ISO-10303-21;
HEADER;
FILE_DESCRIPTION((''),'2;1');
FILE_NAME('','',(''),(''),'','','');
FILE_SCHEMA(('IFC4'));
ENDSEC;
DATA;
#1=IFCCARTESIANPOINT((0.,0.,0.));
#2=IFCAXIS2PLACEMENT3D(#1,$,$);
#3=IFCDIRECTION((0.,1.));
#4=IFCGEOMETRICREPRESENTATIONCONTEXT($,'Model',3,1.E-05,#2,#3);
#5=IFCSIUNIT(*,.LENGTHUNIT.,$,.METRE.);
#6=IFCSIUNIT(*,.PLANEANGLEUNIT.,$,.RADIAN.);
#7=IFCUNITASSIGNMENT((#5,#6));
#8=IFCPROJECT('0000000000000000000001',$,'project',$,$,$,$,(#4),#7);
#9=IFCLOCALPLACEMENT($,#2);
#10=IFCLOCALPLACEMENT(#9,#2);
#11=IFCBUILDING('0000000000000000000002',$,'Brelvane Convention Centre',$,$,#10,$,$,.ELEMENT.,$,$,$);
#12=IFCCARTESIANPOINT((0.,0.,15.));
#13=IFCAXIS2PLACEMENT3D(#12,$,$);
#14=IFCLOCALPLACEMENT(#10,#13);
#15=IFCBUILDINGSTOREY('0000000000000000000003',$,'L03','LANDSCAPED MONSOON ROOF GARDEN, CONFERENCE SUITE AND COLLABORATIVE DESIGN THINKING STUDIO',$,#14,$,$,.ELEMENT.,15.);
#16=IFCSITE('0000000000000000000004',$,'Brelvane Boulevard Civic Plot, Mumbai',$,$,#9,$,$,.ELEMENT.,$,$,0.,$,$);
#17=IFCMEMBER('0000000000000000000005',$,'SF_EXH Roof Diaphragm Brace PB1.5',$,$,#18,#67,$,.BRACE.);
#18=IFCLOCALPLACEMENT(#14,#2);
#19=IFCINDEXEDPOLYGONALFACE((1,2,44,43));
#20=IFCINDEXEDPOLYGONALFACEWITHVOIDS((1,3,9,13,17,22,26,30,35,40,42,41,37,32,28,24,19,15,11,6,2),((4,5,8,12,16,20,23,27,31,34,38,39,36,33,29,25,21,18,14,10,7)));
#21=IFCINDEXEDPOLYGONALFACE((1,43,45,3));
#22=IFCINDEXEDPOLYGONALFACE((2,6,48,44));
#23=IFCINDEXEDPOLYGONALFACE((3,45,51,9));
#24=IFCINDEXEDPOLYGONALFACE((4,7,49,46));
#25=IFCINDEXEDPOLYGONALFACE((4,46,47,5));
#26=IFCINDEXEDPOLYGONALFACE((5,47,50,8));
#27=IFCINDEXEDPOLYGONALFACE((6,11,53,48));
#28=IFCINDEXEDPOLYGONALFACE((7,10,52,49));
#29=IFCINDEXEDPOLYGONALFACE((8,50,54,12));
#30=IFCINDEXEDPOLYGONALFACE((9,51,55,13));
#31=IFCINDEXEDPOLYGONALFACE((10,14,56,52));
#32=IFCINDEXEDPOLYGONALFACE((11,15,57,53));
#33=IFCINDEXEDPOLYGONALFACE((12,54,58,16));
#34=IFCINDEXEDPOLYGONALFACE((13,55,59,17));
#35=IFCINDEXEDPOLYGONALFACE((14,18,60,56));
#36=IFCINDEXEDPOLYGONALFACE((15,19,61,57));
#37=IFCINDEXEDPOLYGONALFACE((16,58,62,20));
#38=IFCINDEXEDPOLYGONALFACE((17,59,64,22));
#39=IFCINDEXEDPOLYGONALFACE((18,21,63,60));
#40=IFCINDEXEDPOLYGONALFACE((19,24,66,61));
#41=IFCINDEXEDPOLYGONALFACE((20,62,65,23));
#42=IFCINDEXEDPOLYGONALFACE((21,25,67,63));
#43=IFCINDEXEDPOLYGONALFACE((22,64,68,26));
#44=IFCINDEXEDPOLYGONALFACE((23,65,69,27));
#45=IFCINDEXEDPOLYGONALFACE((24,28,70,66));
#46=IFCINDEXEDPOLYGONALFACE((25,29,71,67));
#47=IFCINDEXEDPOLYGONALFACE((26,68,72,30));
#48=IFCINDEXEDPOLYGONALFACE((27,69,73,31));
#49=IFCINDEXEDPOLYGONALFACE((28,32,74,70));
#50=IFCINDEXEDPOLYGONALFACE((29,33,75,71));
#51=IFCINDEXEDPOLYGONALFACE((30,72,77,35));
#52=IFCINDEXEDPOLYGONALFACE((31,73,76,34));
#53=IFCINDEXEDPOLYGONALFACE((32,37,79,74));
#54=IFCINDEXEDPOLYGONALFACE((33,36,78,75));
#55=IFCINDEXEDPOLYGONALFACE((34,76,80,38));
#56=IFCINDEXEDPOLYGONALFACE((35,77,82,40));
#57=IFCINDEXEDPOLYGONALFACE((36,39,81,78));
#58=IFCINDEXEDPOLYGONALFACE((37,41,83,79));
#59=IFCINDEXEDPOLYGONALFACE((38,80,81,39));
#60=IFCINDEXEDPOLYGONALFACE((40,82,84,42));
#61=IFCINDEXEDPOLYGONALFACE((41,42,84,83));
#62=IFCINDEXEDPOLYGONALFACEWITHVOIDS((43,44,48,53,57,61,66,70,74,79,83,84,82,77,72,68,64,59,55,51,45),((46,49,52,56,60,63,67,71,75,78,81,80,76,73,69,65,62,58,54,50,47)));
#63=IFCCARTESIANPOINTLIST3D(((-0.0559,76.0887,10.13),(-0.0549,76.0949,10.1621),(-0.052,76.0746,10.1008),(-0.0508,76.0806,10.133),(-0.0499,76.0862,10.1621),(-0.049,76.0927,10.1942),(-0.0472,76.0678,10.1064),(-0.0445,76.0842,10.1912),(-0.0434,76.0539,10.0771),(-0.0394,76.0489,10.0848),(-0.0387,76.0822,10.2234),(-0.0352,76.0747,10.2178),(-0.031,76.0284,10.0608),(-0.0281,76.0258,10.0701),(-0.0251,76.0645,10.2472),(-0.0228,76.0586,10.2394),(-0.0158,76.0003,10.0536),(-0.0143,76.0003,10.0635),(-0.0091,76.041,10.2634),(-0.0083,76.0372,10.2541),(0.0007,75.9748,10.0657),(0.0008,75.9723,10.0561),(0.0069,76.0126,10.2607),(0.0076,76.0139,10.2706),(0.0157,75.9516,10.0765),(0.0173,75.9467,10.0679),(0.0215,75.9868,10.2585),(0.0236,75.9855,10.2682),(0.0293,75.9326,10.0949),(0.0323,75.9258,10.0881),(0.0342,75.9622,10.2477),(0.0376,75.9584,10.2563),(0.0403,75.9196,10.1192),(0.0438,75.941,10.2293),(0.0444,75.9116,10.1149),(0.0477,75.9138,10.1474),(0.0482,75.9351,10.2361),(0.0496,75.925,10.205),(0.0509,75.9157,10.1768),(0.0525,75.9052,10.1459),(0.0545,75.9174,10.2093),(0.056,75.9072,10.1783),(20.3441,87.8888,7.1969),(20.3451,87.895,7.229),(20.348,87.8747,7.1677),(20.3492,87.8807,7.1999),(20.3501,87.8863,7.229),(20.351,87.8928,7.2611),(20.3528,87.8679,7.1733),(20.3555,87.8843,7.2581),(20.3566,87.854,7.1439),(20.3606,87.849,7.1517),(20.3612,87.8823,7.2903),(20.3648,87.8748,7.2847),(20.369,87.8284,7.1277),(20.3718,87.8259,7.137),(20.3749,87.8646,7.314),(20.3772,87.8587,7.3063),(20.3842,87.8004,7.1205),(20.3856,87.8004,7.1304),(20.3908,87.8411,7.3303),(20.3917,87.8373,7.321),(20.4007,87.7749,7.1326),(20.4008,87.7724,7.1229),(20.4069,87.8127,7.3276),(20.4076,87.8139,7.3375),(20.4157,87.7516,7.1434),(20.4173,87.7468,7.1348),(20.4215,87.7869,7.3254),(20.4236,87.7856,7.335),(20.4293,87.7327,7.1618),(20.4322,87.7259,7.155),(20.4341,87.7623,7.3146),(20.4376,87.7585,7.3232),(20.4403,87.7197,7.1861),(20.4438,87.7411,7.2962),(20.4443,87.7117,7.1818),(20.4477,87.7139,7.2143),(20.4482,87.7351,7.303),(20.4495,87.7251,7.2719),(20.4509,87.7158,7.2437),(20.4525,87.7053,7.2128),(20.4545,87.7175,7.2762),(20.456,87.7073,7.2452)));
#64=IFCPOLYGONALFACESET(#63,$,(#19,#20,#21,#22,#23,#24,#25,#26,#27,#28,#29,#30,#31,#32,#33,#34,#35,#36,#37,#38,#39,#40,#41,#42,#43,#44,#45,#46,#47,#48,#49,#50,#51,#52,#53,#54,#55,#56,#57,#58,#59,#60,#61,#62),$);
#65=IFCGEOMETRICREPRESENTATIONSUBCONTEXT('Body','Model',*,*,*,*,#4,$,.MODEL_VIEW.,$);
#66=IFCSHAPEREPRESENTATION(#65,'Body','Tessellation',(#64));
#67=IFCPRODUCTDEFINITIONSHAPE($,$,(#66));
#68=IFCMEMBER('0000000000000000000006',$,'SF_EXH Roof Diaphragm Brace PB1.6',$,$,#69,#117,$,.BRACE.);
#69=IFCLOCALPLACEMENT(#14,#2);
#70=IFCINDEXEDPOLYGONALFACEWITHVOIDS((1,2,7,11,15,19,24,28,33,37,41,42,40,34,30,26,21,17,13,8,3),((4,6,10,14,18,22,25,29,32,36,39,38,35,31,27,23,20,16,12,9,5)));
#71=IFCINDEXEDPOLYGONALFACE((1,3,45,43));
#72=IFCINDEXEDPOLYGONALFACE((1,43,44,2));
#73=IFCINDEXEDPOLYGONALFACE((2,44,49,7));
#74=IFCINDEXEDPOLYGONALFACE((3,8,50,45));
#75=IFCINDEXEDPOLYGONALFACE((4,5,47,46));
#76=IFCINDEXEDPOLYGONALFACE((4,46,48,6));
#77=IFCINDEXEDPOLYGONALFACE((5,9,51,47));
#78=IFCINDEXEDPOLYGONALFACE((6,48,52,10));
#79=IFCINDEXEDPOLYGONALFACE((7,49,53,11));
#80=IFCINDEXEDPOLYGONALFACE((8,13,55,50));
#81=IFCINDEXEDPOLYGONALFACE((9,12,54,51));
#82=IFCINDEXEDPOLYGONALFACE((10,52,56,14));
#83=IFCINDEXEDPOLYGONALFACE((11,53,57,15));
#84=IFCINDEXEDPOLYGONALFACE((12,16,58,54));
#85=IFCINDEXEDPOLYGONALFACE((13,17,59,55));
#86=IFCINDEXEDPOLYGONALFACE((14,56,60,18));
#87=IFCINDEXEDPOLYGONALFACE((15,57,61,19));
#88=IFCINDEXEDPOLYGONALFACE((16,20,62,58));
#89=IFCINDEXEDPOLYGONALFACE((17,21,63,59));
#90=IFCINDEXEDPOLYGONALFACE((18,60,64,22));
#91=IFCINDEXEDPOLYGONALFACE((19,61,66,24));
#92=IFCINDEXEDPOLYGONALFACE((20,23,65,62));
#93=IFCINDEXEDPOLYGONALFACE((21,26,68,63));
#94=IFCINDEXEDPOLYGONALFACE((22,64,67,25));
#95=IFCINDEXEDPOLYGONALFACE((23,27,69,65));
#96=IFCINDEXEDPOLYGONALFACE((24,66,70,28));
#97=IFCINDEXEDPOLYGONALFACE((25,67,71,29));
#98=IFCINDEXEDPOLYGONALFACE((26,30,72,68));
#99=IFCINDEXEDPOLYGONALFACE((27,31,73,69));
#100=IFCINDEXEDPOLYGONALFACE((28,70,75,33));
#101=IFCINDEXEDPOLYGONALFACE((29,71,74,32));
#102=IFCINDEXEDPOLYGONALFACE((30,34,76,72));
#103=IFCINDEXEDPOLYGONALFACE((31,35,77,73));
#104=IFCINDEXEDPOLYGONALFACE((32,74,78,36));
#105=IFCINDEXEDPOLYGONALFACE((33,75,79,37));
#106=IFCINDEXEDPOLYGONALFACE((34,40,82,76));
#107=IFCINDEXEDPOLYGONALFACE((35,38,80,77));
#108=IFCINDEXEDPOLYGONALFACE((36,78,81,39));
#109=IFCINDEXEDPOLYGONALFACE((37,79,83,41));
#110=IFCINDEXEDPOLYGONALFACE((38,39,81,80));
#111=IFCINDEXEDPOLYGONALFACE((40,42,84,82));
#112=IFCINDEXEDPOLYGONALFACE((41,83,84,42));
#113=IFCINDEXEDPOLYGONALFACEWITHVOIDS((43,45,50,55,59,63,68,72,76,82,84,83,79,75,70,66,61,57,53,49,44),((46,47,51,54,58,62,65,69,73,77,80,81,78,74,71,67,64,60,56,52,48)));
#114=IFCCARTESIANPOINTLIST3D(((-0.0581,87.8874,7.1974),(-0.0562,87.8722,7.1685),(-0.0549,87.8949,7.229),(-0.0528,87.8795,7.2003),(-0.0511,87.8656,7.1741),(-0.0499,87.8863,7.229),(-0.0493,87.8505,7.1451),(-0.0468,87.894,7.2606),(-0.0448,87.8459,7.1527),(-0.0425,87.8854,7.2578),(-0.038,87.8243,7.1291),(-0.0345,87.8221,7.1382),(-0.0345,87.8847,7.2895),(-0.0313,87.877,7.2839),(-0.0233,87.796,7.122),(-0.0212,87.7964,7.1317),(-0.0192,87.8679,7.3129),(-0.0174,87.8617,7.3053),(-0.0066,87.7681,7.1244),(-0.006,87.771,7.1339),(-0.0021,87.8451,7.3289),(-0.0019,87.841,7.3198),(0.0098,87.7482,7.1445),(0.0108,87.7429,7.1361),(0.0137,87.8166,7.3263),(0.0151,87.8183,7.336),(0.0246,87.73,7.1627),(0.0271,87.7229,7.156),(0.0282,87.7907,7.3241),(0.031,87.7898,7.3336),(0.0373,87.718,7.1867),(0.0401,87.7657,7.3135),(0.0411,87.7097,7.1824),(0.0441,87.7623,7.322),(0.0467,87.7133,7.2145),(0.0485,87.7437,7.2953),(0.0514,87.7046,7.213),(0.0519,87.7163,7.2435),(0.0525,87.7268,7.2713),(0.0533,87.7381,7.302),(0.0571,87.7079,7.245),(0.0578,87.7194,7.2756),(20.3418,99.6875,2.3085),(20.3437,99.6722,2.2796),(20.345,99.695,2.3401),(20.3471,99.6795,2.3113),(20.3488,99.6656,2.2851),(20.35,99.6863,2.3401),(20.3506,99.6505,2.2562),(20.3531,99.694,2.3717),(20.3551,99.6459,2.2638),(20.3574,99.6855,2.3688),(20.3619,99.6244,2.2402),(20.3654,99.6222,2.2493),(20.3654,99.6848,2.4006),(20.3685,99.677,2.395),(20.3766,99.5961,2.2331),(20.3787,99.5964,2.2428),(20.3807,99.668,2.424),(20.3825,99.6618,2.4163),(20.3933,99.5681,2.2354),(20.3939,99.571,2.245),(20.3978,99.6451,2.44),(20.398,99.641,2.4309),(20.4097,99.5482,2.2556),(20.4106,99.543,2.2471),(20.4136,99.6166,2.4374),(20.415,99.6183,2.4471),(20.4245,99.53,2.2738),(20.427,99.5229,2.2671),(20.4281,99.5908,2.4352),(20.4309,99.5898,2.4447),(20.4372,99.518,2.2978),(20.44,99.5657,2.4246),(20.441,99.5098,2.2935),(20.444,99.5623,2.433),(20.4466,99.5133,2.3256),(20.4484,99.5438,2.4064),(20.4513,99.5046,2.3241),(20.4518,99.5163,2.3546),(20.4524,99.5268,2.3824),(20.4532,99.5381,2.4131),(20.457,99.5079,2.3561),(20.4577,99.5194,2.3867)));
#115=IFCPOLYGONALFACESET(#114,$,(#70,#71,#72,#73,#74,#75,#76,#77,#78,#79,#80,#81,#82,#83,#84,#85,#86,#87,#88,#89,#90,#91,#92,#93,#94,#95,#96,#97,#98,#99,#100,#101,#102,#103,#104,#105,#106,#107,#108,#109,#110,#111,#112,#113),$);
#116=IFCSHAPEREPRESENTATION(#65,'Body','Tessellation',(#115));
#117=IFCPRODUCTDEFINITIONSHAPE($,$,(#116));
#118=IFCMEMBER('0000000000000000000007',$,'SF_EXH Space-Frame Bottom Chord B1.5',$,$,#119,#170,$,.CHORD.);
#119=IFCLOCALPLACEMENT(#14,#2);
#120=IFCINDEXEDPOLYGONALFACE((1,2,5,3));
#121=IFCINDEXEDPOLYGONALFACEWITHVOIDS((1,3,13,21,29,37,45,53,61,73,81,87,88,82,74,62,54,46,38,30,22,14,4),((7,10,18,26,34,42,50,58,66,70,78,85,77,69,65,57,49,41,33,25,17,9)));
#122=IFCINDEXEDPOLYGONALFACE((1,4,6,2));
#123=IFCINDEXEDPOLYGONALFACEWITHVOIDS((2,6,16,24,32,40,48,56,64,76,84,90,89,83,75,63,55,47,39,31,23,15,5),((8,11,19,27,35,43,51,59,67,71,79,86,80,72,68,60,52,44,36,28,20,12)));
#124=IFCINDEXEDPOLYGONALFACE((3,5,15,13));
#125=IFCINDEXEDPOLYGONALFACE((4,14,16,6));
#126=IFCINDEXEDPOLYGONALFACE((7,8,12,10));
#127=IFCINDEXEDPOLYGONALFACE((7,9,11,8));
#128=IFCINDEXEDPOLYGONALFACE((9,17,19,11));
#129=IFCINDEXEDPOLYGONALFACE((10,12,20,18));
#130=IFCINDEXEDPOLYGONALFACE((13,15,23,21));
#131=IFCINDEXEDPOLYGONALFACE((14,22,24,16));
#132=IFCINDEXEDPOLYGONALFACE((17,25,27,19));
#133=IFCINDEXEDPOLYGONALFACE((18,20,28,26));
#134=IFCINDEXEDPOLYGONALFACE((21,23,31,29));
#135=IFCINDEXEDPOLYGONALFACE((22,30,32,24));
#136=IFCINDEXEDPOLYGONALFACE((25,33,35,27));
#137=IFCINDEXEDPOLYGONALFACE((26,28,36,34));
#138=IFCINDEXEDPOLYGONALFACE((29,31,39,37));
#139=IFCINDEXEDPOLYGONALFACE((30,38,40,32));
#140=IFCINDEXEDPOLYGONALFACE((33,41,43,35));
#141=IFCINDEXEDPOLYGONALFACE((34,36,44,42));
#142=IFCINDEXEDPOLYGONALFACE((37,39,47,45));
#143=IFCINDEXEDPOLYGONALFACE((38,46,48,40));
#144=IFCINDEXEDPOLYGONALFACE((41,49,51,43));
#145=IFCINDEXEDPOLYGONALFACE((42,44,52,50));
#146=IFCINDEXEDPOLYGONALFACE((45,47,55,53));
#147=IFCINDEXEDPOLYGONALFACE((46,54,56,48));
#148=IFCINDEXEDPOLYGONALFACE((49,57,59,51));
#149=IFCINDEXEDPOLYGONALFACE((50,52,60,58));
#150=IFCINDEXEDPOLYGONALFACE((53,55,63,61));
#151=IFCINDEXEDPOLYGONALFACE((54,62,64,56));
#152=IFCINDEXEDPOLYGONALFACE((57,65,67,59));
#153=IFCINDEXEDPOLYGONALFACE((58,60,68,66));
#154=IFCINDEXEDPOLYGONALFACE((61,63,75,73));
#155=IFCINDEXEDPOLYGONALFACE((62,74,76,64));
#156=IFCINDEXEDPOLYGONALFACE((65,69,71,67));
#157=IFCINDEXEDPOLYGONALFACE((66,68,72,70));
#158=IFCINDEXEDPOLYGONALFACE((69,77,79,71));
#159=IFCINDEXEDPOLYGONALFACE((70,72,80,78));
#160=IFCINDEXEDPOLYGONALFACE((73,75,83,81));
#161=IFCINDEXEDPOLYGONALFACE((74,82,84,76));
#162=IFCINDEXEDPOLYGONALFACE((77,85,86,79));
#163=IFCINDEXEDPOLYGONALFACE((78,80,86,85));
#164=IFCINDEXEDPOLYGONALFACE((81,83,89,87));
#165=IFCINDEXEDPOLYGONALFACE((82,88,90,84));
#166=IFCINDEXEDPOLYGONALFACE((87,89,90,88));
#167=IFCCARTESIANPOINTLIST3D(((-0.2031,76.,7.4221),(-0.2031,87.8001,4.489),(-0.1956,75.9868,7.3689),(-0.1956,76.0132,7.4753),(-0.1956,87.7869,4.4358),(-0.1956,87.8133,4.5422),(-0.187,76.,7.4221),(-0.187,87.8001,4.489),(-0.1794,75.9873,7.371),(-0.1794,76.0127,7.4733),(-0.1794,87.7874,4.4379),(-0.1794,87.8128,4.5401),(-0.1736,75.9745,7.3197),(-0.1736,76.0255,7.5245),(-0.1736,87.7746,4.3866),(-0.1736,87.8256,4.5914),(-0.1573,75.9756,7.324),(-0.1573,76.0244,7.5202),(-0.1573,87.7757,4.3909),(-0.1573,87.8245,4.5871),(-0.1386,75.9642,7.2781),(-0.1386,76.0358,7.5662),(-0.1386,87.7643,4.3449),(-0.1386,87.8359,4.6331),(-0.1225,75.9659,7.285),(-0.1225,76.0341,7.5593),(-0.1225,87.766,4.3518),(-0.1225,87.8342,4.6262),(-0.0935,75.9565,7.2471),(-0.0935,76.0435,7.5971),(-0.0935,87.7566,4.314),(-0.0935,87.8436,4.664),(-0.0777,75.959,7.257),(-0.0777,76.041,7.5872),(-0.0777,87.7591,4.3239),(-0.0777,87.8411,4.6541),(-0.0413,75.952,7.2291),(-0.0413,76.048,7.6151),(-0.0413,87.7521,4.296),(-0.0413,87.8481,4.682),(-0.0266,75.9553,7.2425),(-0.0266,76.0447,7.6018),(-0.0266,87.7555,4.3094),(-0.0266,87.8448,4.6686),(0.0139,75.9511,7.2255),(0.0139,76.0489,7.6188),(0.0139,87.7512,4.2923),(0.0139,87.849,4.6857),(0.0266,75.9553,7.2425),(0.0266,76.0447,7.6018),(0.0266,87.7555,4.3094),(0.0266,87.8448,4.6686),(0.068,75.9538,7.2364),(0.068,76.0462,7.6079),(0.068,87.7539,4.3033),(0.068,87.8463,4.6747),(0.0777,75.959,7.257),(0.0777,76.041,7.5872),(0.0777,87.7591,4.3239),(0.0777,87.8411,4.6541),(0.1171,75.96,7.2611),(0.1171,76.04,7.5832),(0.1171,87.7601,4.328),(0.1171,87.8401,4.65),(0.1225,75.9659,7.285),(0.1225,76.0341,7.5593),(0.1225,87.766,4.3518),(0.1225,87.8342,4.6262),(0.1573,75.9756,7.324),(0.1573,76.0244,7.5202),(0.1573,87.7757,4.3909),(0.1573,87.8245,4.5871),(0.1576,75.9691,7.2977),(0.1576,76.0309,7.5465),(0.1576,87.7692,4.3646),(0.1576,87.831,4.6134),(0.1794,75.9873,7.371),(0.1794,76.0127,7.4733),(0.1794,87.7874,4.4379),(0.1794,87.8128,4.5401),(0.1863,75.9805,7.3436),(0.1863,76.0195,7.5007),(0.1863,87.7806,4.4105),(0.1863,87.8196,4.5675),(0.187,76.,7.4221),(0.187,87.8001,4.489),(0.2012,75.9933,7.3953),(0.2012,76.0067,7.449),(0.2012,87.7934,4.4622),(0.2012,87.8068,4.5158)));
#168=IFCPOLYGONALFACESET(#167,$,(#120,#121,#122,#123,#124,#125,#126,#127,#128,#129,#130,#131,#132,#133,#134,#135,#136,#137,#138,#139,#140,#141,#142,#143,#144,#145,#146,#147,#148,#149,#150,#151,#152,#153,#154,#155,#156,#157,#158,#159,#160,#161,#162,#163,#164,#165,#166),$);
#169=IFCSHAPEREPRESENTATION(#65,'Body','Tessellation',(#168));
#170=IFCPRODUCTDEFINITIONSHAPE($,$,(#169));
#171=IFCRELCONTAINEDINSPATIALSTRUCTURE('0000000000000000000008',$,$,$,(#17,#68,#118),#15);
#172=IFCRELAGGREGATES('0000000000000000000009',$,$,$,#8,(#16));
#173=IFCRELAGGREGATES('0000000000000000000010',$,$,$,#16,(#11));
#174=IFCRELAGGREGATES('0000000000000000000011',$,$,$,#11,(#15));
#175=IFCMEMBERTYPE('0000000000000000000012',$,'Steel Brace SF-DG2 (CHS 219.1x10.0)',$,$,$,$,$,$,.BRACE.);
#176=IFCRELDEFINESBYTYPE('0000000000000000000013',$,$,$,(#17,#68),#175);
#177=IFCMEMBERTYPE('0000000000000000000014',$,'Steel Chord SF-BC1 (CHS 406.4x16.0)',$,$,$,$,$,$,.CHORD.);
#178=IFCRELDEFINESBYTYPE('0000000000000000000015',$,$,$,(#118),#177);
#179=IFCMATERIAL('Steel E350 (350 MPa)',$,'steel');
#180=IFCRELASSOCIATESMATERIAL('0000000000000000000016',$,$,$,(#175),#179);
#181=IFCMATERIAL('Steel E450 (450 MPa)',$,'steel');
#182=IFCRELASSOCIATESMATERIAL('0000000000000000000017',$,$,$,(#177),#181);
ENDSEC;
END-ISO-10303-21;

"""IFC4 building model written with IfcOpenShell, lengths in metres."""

from ifc_helpers import new_model, si_unit, direction, frame, origin, origin_2d, place, context, subcontext, project, spatial, hollow_circle, extrude, material, material_profile, profile_set, type_object, element, save


model = new_model("IFC4")

# Units and contexts
model_context = context("Model", 3, precision=1e-05, world=origin(), true_north=direction((0.0, 1.0)))
body_context = subcontext(model_context, "Body", "Model", "MODEL_VIEW")
ifc_project = project(units=[si_unit("LENGTHUNIT", "METRE"), si_unit("PLANEANGLEUNIT", "RADIAN")], contexts=[model_context])

# Site, building, storey
site_placement = place(None, origin())
site = spatial("IfcSite", under=ifc_project, at=site_placement, Name="Brelvane Boulevard Civic Plot, Mumbai", CompositionType="ELEMENT", RefElevation=0.0)
building_placement = place(site_placement, origin())
building = spatial("IfcBuilding", under=site, at=building_placement, Name="Brelvane Convention Centre", CompositionType="ELEMENT")
storey_placement = place(building_placement, frame((0.0, 0.0, 15.0)))
storey = spatial("IfcBuildingStorey", under=building, at=storey_placement, Name="L03", Description="LANDSCAPED MONSOON ROOF GARDEN, CONFERENCE SUITE AND COLLABORATIVE DESIGN THINKING STUDIO", CompositionType="ELEMENT", Elevation=15.0)

# Members
ifc_material_1 = material(Name="Steel E350 (350 MPa)", Category="steel")
ifc_material_profile_1 = material_profile(ifc_material_1, hollow_circle(Radius=0.1096, WallThickness=0.01, at=origin_2d()), Name="CHS 219.1x10.0")
ifc_profile_set_1 = profile_set([ifc_material_profile_1], Name="Steel E350 (350 MPa)")
member_type_1 = type_object("IfcMemberType", Name="Steel Brace SF-DG2 (CHS 219.1x10.0)", PredefinedType="BRACE", material=ifc_profile_set_1)
member_1_placement = place(storey_placement, frame((0.0, 76.0, 10.1621), z_axis=(0.858991, 0.496872, -0.123506), x_axis=(-0.500705, 0.865618, 0.0)))
element("IfcMember", 1, at=member_1_placement, inside=storey, type_object=member_type_1, Name="SF_EXH Roof Diaphragm Brace PB1.5", PredefinedType="BRACE", context=body_context, shape_type="SweptSolid", body=[
    extrude(hollow_circle(Radius=0.1096, WallThickness=0.01, at=origin_2d()), origin(), (0.0, 0.0, 1.0), 23.7488),
])
member_2_placement = place(storey_placement, frame((0.0, 87.8, 7.229), z_axis=(0.847572, 0.490267, -0.203124), x_axis=(-0.500705, 0.865618, 0.0)))
element("IfcMember", 2, at=member_2_placement, inside=storey, type_object=member_type_1, Name="SF_EXH Roof Diaphragm Brace PB1.6", PredefinedType="BRACE", context=body_context, shape_type="SweptSolid", body=[
    extrude(hollow_circle(Radius=0.1096, WallThickness=0.01, at=origin_2d()), origin(), (0.0, 0.0, 1.0), 24.0686),
])
ifc_material_2 = material(Name="Steel E450 (450 MPa)", Category="steel")
ifc_material_profile_2 = material_profile(ifc_material_2, hollow_circle(Radius=0.2031, WallThickness=0.0161, at=origin_2d()), Name="CHS 406.4x16.0")
ifc_profile_set_2 = profile_set([ifc_material_profile_2], Name="Steel E450 (450 MPa)")
member_type_2 = type_object("IfcMemberType", Name="Steel Chord SF-BC1 (CHS 406.4x16.0)", PredefinedType="CHORD", material=ifc_profile_set_2)
member_3_placement = place(storey_placement, frame((0.0, 76.0, 7.4221), z_axis=(0.0, 0.970469, -0.241227), x_axis=(-1.0, 0.0, 0.0)))
element("IfcMember", 3, at=member_3_placement, inside=storey, type_object=member_type_2, Name="SF_EXH Space-Frame Bottom Chord B1.5", PredefinedType="CHORD", context=body_context, shape_type="SweptSolid", body=[
    extrude(hollow_circle(Radius=0.2031, WallThickness=0.0161, at=origin_2d()), origin(), (0.0, 0.0, 1.0), 12.1592),
])

save(model, "model.ifc")
